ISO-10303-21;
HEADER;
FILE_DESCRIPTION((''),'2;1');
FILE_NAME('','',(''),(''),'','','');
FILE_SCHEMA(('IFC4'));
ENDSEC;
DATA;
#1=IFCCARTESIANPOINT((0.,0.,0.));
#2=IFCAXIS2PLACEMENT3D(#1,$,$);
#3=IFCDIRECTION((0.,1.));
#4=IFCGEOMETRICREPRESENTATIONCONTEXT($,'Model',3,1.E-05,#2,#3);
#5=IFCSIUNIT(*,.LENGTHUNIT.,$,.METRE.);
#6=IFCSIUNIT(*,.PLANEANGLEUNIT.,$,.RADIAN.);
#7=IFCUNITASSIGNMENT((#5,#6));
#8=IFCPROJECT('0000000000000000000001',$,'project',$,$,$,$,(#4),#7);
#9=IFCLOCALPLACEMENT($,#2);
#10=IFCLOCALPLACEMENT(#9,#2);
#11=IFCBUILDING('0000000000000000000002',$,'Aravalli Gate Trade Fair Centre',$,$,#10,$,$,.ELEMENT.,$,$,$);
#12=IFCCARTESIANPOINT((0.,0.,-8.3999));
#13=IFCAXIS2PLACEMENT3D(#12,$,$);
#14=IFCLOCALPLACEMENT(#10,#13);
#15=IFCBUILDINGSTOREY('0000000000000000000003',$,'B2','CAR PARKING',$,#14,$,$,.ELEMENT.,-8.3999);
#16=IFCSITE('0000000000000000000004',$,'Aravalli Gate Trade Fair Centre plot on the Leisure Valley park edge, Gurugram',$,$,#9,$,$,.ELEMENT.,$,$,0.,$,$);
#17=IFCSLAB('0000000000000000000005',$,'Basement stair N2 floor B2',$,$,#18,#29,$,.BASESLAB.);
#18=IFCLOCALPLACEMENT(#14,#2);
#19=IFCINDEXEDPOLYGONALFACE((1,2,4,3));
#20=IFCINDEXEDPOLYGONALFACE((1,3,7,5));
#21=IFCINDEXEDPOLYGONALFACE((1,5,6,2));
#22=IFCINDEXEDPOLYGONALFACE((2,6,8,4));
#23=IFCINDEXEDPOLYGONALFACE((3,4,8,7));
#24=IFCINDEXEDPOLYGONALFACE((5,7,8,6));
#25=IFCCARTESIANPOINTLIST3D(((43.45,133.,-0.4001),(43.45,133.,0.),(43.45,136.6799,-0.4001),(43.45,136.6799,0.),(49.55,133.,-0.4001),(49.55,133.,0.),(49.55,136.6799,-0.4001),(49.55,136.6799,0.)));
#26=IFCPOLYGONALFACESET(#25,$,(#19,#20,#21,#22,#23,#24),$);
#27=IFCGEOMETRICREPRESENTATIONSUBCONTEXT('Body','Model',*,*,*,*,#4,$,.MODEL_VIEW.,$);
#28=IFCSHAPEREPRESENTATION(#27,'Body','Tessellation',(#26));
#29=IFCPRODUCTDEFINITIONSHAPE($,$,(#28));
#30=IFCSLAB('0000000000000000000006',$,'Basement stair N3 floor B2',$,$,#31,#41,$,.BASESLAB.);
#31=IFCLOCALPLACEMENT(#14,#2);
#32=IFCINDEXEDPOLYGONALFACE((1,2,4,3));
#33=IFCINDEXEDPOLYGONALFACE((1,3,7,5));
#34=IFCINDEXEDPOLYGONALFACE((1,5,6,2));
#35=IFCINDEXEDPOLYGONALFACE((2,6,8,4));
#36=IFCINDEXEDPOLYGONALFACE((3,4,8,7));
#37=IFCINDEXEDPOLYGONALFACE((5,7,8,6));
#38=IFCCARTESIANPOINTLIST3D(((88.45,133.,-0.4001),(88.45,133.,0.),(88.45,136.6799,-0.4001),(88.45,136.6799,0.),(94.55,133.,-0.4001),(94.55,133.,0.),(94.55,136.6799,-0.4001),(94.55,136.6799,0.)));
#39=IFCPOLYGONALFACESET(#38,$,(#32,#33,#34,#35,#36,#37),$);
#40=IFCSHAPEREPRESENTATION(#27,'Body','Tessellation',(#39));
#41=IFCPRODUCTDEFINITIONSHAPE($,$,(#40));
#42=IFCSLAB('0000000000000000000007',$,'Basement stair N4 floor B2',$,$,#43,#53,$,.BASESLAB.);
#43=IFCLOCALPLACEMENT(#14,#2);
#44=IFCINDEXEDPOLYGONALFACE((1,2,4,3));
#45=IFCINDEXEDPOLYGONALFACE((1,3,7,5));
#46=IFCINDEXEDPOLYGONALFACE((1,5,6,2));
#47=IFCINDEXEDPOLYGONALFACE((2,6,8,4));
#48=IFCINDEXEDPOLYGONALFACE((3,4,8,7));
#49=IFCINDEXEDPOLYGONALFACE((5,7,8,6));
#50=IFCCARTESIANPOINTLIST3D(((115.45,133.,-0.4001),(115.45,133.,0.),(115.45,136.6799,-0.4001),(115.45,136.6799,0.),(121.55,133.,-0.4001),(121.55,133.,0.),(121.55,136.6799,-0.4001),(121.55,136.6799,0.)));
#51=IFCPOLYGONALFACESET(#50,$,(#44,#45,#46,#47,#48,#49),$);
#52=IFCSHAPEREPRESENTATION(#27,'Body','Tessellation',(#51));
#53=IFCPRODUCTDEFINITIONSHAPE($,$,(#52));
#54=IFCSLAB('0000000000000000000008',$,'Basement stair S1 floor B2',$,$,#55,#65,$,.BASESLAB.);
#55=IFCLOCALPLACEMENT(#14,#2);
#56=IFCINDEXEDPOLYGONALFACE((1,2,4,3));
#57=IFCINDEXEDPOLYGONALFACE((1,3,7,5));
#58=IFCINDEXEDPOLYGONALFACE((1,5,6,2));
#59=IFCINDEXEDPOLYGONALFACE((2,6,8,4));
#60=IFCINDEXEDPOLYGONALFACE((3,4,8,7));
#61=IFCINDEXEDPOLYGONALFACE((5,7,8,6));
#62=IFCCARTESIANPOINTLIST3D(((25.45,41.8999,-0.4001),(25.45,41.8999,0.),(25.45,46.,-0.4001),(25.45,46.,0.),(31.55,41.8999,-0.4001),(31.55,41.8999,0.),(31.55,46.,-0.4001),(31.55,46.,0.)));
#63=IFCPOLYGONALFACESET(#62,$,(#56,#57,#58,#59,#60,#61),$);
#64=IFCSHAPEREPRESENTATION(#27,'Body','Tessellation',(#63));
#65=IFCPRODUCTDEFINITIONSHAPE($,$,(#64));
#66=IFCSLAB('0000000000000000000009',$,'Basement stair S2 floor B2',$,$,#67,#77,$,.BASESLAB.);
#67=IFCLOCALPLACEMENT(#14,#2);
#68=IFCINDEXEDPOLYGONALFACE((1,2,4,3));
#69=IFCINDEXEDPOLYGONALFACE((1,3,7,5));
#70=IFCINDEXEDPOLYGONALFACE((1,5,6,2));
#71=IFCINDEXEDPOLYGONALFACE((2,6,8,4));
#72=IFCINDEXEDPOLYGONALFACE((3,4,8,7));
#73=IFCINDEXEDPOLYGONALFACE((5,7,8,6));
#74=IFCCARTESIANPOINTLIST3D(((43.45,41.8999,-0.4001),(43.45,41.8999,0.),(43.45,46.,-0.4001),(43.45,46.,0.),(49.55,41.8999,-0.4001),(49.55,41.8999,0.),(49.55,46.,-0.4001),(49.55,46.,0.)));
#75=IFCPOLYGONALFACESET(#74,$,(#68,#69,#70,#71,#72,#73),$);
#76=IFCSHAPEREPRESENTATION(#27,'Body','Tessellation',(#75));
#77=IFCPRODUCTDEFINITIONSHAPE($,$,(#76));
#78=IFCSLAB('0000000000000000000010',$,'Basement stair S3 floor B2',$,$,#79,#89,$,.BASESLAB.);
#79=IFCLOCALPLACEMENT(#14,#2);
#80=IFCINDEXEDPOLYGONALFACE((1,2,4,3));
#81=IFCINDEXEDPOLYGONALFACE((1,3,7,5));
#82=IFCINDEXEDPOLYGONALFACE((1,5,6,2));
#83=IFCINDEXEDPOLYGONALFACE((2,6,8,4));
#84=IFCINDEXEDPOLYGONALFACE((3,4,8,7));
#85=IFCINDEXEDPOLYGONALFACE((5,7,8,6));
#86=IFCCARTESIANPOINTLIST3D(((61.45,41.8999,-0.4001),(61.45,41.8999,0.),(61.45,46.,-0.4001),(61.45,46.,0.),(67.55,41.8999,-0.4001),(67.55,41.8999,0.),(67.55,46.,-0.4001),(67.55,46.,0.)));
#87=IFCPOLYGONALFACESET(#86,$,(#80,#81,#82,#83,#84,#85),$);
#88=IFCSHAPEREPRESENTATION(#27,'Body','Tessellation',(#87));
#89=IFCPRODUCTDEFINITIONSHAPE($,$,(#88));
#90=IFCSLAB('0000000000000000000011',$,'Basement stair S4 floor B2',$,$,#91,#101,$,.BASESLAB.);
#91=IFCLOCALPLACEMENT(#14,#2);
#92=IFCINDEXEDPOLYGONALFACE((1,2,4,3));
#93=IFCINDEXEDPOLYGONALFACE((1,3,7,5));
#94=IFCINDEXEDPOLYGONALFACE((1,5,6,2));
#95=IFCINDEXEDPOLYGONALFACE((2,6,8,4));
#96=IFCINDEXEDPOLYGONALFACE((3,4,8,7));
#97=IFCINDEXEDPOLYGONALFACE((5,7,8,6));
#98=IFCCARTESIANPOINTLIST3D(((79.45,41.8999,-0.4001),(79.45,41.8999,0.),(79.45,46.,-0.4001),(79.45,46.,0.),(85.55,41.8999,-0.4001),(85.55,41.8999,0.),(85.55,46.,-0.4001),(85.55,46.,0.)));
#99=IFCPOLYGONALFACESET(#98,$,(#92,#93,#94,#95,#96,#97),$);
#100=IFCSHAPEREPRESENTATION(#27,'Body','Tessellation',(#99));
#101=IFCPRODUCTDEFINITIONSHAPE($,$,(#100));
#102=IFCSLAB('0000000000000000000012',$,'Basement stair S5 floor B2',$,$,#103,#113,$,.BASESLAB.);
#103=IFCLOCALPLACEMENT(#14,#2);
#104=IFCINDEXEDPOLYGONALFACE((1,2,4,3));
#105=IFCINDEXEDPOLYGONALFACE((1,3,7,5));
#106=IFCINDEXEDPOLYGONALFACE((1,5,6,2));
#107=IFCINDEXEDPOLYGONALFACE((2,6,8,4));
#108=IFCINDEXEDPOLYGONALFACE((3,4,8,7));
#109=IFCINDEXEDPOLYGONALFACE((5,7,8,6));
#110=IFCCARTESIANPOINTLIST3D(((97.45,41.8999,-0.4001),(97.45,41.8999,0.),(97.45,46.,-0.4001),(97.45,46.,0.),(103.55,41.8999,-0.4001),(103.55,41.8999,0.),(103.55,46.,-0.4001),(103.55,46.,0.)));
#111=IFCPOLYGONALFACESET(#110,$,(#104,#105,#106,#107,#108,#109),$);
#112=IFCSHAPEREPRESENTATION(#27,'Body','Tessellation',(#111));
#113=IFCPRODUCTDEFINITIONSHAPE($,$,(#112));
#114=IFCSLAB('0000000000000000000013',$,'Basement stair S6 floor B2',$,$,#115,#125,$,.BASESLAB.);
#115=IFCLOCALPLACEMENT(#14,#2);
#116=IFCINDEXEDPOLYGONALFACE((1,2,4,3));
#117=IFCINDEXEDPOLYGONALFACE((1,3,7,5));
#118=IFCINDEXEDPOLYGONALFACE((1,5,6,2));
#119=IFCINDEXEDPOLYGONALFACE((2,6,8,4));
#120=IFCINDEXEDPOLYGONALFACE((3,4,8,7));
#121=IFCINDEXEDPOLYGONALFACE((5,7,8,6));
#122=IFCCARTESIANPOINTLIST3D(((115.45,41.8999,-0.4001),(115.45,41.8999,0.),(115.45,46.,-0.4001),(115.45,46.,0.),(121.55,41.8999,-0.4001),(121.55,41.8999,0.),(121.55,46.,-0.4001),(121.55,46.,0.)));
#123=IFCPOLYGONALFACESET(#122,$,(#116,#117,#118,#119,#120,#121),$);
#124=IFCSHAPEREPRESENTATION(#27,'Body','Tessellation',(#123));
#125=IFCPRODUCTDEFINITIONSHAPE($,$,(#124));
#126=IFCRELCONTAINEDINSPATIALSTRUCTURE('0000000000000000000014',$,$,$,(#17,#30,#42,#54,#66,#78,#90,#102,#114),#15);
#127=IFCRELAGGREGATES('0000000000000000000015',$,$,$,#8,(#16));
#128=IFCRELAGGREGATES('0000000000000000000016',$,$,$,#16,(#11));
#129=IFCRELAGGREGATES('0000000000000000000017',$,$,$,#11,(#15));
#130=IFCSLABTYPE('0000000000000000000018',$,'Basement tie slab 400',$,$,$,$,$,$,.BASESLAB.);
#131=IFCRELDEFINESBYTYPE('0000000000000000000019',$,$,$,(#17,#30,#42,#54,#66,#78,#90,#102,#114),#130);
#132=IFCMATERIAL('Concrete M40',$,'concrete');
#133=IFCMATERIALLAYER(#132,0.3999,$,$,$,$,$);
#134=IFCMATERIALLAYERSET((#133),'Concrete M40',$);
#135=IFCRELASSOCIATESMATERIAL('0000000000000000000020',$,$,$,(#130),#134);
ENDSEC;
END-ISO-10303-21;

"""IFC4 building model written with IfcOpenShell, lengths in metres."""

from ifc_helpers import new_model, si_unit, direction, frame, origin, place, context, subcontext, project, spatial, polyline, outline, extrude, material, layer, layer_set, type_object, element, save


model = new_model("IFC4")

# Units and contexts
model_context = context("Model", 3, precision=1e-05, world=origin(), true_north=direction((0.0, 1.0)))
body_context = subcontext(model_context, "Body", "Model", "MODEL_VIEW")
ifc_project = project(units=[si_unit("LENGTHUNIT", "METRE"), si_unit("PLANEANGLEUNIT", "RADIAN")], contexts=[model_context])

# Site, building, storey
site_placement = place(None, origin())
site = spatial("IfcSite", under=ifc_project, at=site_placement, Name="Aravalli Gate Trade Fair Centre plot on the Leisure Valley park edge, Gurugram", CompositionType="ELEMENT", RefElevation=0.0)
building_placement = place(site_placement, origin())
building = spatial("IfcBuilding", under=site, at=building_placement, Name="Aravalli Gate Trade Fair Centre", CompositionType="ELEMENT")
storey_placement = place(building_placement, frame((0.0, 0.0, -8.3999)))
storey = spatial("IfcBuildingStorey", under=building, at=storey_placement, Name="B2", Description="CAR PARKING", CompositionType="ELEMENT", Elevation=-8.3999)

# Shared definitions
ifc_material_1 = material(Name="Concrete M40", Category="concrete")

# Slabs
ifc_layer_1 = layer(ifc_material_1, 0.3999)
ifc_layer_set_1 = layer_set([ifc_layer_1], Name="Concrete M40")
slab_type_1 = type_object("IfcSlabType", Name="Basement tie slab 400", PredefinedType="BASESLAB", material=ifc_layer_set_1)
slab_1_placement = place(storey_placement, frame((0.0, 0.0, -0.4001)))
element("IfcSlab", 1, at=slab_1_placement, inside=storey, type_object=slab_type_1, Name="Basement stair N2 floor B2", PredefinedType="BASESLAB", context=body_context, shape_type="SweptSolid", body=[
    extrude(outline(polyline([(49.55, 133.0), (43.45, 133.0), (43.45, 136.6799), (49.55, 136.6799), (49.55, 133.0)])), origin(), (0.0, 0.0, 1.0), 0.4001),
])
slab_2_placement = place(storey_placement, frame((0.0, 0.0, -0.4001)))
element("IfcSlab", 2, at=slab_2_placement, inside=storey, type_object=slab_type_1, Name="Basement stair N3 floor B2", PredefinedType="BASESLAB", context=body_context, shape_type="SweptSolid", body=[
    extrude(outline(polyline([(94.55, 133.0), (88.45, 133.0), (88.45, 136.6799), (94.55, 136.6799), (94.55, 133.0)])), origin(), (0.0, 0.0, 1.0), 0.4001),
])
slab_3_placement = place(storey_placement, frame((0.0, 0.0, -0.4001)))
element("IfcSlab", 3, at=slab_3_placement, inside=storey, type_object=slab_type_1, Name="Basement stair N4 floor B2", PredefinedType="BASESLAB", context=body_context, shape_type="SweptSolid", body=[
    extrude(outline(polyline([(121.55, 133.0), (115.45, 133.0), (115.45, 136.6799), (121.55, 136.6799), (121.55, 133.0)])), origin(), (0.0, 0.0, 1.0), 0.4001),
])
slab_4_placement = place(storey_placement, frame((0.0, 0.0, -0.4001)))
element("IfcSlab", 4, at=slab_4_placement, inside=storey, type_object=slab_type_1, Name="Basement stair S1 floor B2", PredefinedType="BASESLAB", context=body_context, shape_type="SweptSolid", body=[
    extrude(outline(polyline([(25.45, 46.0), (31.55, 46.0), (31.55, 41.8999), (25.45, 41.8999), (25.45, 46.0)])), origin(), (0.0, 0.0, 1.0), 0.4001),
])
slab_5_placement = place(storey_placement, frame((0.0, 0.0, -0.4001)))
element("IfcSlab", 5, at=slab_5_placement, inside=storey, type_object=slab_type_1, Name="Basement stair S2 floor B2", PredefinedType="BASESLAB", context=body_context, shape_type="SweptSolid", body=[
    extrude(outline(polyline([(43.45, 46.0), (49.55, 46.0), (49.55, 41.8999), (43.45, 41.8999), (43.45, 46.0)])), origin(), (0.0, 0.0, 1.0), 0.4001),
])
slab_6_placement = place(storey_placement, frame((0.0, 0.0, -0.4001)))
element("IfcSlab", 6, at=slab_6_placement, inside=storey, type_object=slab_type_1, Name="Basement stair S3 floor B2", PredefinedType="BASESLAB", context=body_context, shape_type="SweptSolid", body=[
    extrude(outline(polyline([(61.45, 46.0), (67.55, 46.0), (67.55, 41.8999), (61.45, 41.8999), (61.45, 46.0)])), origin(), (0.0, 0.0, 1.0), 0.4001),
])
slab_7_placement = place(storey_placement, frame((0.0, 0.0, -0.4001)))
element("IfcSlab", 7, at=slab_7_placement, inside=storey, type_object=slab_type_1, Name="Basement stair S4 floor B2", PredefinedType="BASESLAB", context=body_context, shape_type="SweptSolid", body=[
    extrude(outline(polyline([(79.45, 46.0), (85.55, 46.0), (85.55, 41.8999), (79.45, 41.8999), (79.45, 46.0)])), origin(), (0.0, 0.0, 1.0), 0.4001),
])
slab_8_placement = place(storey_placement, frame((0.0, 0.0, -0.4001)))
element("IfcSlab", 8, at=slab_8_placement, inside=storey, type_object=slab_type_1, Name="Basement stair S5 floor B2", PredefinedType="BASESLAB", context=body_context, shape_type="SweptSolid", body=[
    extrude(outline(polyline([(97.45, 46.0), (103.55, 46.0), (103.55, 41.8999), (97.45, 41.8999), (97.45, 46.0)])), origin(), (0.0, 0.0, 1.0), 0.4001),
])
slab_9_placement = place(storey_placement, frame((0.0, 0.0, -0.4001)))
element("IfcSlab", 9, at=slab_9_placement, inside=storey, type_object=slab_type_1, Name="Basement stair S6 floor B2", PredefinedType="BASESLAB", context=body_context, shape_type="SweptSolid", body=[
    extrude(outline(polyline([(115.45, 46.0), (121.55, 46.0), (121.55, 41.8999), (115.45, 41.8999), (115.45, 46.0)])), origin(), (0.0, 0.0, 1.0), 0.4001),
])

save(model, "model.ifc")
